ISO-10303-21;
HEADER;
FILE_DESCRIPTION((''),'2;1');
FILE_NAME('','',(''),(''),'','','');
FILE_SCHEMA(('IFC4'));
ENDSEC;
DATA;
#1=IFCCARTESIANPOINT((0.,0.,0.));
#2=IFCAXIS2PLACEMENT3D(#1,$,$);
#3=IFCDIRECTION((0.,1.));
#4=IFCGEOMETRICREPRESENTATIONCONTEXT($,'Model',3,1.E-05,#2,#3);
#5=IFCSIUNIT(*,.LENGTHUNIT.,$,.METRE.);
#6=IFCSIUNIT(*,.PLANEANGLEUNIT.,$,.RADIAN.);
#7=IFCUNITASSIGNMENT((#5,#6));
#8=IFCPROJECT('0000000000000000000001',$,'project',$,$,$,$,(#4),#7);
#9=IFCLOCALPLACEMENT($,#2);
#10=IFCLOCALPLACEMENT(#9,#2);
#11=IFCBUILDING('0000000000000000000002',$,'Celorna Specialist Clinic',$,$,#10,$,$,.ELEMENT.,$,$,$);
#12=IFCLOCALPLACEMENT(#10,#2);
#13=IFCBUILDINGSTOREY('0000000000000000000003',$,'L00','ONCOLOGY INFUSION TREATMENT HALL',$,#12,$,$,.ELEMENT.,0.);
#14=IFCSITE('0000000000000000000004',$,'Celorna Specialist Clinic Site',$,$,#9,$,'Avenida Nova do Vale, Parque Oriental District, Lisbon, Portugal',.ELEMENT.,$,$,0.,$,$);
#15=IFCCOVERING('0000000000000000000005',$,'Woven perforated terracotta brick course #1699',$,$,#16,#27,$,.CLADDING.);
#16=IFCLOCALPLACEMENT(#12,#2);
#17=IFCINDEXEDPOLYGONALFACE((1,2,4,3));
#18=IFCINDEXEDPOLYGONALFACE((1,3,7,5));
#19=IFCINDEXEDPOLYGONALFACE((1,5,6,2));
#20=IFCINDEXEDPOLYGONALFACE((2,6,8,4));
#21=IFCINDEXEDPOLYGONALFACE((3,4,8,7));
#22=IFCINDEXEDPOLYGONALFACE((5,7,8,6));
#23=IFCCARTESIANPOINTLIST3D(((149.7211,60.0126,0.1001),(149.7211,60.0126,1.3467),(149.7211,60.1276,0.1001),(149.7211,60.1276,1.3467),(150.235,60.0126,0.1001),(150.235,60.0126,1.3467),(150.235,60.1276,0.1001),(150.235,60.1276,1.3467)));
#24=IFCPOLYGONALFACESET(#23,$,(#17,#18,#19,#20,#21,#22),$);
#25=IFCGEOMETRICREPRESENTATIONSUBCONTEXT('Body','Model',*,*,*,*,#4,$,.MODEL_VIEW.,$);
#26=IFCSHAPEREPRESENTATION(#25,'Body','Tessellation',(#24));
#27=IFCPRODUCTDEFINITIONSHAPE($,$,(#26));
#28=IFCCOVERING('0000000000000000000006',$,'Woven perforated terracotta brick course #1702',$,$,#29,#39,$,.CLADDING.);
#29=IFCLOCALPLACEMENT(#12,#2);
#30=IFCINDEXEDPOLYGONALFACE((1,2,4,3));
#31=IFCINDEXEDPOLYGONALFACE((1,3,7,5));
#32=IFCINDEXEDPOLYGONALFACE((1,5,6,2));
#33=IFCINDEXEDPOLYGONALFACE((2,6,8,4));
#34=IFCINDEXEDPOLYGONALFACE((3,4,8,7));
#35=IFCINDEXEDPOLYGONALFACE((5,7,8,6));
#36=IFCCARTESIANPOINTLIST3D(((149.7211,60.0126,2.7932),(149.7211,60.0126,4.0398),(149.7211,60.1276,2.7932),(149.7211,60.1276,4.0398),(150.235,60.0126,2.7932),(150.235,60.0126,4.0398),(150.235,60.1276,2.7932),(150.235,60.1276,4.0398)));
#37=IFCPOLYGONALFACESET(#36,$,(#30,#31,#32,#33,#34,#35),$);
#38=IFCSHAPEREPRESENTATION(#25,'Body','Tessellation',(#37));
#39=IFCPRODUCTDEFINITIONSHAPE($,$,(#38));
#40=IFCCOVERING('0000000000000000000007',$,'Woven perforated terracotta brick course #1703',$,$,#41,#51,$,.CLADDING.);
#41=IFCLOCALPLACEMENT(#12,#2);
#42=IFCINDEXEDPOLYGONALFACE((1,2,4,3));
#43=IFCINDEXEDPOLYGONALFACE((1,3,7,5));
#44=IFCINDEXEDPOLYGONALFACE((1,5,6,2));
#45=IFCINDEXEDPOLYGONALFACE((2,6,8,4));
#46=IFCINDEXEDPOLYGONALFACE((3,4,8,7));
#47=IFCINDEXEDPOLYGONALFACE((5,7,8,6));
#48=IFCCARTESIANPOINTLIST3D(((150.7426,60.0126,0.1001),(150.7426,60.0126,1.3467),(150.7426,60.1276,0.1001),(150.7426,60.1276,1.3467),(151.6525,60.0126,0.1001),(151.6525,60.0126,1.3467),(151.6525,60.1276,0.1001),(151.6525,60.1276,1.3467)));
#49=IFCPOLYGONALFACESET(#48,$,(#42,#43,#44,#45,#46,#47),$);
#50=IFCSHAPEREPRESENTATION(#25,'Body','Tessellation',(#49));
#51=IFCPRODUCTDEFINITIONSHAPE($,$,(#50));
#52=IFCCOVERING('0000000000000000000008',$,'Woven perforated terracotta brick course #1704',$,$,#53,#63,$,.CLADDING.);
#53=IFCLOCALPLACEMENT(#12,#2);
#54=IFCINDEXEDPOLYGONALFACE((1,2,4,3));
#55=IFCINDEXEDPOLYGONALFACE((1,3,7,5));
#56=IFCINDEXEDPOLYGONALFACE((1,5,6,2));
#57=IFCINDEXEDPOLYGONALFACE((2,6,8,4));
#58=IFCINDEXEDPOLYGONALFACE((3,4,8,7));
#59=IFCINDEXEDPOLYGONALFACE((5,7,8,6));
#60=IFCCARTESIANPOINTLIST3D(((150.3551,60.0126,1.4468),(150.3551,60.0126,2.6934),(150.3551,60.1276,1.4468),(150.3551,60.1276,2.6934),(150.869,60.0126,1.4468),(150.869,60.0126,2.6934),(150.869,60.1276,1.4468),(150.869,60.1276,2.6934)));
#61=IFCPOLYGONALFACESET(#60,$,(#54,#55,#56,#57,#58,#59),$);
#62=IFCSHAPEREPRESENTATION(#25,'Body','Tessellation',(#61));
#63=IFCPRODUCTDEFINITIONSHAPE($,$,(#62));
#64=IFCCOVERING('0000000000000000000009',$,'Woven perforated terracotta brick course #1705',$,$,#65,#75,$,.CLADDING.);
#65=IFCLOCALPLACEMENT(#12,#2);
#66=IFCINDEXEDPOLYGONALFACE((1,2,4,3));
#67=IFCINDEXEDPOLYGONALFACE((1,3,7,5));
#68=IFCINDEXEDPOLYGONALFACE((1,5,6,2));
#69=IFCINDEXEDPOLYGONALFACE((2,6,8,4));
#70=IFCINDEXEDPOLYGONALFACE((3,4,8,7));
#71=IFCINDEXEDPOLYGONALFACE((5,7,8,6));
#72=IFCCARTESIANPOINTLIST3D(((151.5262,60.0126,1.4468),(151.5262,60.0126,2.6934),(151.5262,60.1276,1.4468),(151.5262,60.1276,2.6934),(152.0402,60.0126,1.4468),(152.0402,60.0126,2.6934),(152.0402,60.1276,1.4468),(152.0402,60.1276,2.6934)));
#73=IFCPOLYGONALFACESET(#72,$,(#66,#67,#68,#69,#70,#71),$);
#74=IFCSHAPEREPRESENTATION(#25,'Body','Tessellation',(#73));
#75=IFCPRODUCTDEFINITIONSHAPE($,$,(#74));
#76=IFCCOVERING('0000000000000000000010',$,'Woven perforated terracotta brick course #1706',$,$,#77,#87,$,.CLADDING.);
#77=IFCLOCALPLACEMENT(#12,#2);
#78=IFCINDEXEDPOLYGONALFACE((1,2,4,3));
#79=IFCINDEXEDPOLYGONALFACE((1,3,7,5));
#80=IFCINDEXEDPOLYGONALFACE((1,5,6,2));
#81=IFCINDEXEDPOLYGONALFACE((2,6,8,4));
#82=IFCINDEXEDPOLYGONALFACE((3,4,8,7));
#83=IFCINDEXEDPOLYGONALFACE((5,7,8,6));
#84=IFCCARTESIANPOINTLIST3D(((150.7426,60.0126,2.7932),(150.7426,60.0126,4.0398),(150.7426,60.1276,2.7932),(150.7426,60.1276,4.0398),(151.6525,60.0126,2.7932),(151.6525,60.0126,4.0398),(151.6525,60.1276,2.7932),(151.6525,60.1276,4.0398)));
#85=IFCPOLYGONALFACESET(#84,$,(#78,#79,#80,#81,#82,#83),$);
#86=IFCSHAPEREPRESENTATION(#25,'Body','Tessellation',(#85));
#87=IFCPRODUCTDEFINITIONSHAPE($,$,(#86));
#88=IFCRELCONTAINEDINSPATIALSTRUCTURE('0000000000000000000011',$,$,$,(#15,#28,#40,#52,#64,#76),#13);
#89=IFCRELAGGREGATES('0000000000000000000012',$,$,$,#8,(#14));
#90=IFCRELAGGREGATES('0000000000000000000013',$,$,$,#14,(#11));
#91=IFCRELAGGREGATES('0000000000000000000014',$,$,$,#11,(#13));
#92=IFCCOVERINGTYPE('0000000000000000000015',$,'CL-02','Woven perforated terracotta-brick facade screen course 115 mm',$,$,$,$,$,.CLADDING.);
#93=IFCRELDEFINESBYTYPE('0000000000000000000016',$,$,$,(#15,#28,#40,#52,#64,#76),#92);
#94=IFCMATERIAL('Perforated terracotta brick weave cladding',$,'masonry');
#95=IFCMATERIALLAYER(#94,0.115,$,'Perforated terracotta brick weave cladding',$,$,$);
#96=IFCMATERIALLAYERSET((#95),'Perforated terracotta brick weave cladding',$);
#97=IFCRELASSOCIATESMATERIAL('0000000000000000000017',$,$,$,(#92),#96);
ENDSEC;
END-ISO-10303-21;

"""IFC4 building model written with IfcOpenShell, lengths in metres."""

from ifc_helpers import new_model, si_unit, direction, frame, origin, origin_2d, place, context, subcontext, project, spatial, rectangle, extrude, material, layer, layer_set, type_object, element, save


model = new_model("IFC4")

# Units and contexts
model_context = context("Model", 3, precision=1e-05, world=origin(), true_north=direction((0.0, 1.0)))
body_context = subcontext(model_context, "Body", "Model", "MODEL_VIEW")
ifc_project = project(units=[si_unit("LENGTHUNIT", "METRE"), si_unit("PLANEANGLEUNIT", "RADIAN")], contexts=[model_context])

# Site, building, storey
site_placement = place(None, origin())
site = spatial("IfcSite", under=ifc_project, at=site_placement, Name="Celorna Specialist Clinic Site", LongName="Avenida Nova do Vale, Parque Oriental District, Lisbon, Portugal", CompositionType="ELEMENT", RefElevation=0.0)
building_placement = place(site_placement, origin())
building = spatial("IfcBuilding", under=site, at=building_placement, Name="Celorna Specialist Clinic", CompositionType="ELEMENT")
storey_placement = place(building_placement, origin())
storey = spatial("IfcBuildingStorey", under=building, at=storey_placement, Name="L00", Description="ONCOLOGY INFUSION TREATMENT HALL", CompositionType="ELEMENT", Elevation=0.0)

# Coverings
ifc_material_1 = material(Name="Perforated terracotta brick weave cladding", Category="masonry")
ifc_layer_1 = layer(ifc_material_1, 0.115, Name="Perforated terracotta brick weave cladding")
ifc_layer_set_1 = layer_set([ifc_layer_1], Name="Perforated terracotta brick weave cladding")
covering_type = type_object("IfcCoveringType", Name="CL-02", Description="Woven perforated terracotta-brick facade screen course 115 mm", PredefinedType="CLADDING", material=ifc_layer_set_1)
for number, where, z_axis, x_axis, name in (
    (1, (149.978, 60.0701, 0.1001), (0.0, 0.0, 1.0), (1.0, 0.0, 0.0), "Woven perforated terracotta brick course #1699"),
    (2, (149.978, 60.0701, 2.7932), (0.0, 0.0, 1.0), (1.0, 0.0, 0.0), "Woven perforated terracotta brick course #1702"),
):
    element("IfcCovering", number, at=place(storey_placement, frame(where, z_axis=z_axis, x_axis=x_axis)), inside=storey, type_object=covering_type, Name=name, PredefinedType="CLADDING", context=body_context, shape_type="SweptSolid", body=[
        extrude(rectangle(XDim=0.5139, YDim=0.115, at=origin_2d()), origin(), (0.0, 0.0, 1.0), 1.2466),
    ])
covering_1_placement = place(storey_placement, frame((151.1975, 60.0701, 0.1001), z_axis=(0.0, 0.0, 1.0), x_axis=(1.0, 0.0, 0.0)))
element("IfcCovering", 3, at=covering_1_placement, inside=storey, type_object=covering_type, Name="Woven perforated terracotta brick course #1703", PredefinedType="CLADDING", context=body_context, shape_type="SweptSolid", body=[
    extrude(rectangle(XDim=0.9099, YDim=0.115, at=origin_2d()), origin(), (0.0, 0.0, 1.0), 1.2466),
])
for number, where, z_axis, x_axis, name in (
    (4, (150.6121, 60.0701, 1.4468), (0.0, 0.0, 1.0), (1.0, 0.0, 0.0), "Woven perforated terracotta brick course #1704"),
    (5, (151.7832, 60.0701, 1.4468), (0.0, 0.0, 1.0), (1.0, 0.0, 0.0), "Woven perforated terracotta brick course #1705"),
):
    element("IfcCovering", number, at=place(storey_placement, frame(where, z_axis=z_axis, x_axis=x_axis)), inside=storey, type_object=covering_type, Name=name, PredefinedType="CLADDING", context=body_context, shape_type="SweptSolid", body=[
        extrude(rectangle(XDim=0.5139, YDim=0.115, at=origin_2d()), origin(), (0.0, 0.0, 1.0), 1.2466),
    ])
covering_2_placement = place(storey_placement, frame((151.1975, 60.0701, 2.7932), z_axis=(0.0, 0.0, 1.0), x_axis=(1.0, 0.0, 0.0)))
element("IfcCovering", 6, at=covering_2_placement, inside=storey, type_object=covering_type, Name="Woven perforated terracotta brick course #1706", PredefinedType="CLADDING", context=body_context, shape_type="SweptSolid", body=[
    extrude(rectangle(XDim=0.9099, YDim=0.115, at=origin_2d()), origin(), (0.0, 0.0, 1.0), 1.2466),
])

save(model, "model.ifc")
